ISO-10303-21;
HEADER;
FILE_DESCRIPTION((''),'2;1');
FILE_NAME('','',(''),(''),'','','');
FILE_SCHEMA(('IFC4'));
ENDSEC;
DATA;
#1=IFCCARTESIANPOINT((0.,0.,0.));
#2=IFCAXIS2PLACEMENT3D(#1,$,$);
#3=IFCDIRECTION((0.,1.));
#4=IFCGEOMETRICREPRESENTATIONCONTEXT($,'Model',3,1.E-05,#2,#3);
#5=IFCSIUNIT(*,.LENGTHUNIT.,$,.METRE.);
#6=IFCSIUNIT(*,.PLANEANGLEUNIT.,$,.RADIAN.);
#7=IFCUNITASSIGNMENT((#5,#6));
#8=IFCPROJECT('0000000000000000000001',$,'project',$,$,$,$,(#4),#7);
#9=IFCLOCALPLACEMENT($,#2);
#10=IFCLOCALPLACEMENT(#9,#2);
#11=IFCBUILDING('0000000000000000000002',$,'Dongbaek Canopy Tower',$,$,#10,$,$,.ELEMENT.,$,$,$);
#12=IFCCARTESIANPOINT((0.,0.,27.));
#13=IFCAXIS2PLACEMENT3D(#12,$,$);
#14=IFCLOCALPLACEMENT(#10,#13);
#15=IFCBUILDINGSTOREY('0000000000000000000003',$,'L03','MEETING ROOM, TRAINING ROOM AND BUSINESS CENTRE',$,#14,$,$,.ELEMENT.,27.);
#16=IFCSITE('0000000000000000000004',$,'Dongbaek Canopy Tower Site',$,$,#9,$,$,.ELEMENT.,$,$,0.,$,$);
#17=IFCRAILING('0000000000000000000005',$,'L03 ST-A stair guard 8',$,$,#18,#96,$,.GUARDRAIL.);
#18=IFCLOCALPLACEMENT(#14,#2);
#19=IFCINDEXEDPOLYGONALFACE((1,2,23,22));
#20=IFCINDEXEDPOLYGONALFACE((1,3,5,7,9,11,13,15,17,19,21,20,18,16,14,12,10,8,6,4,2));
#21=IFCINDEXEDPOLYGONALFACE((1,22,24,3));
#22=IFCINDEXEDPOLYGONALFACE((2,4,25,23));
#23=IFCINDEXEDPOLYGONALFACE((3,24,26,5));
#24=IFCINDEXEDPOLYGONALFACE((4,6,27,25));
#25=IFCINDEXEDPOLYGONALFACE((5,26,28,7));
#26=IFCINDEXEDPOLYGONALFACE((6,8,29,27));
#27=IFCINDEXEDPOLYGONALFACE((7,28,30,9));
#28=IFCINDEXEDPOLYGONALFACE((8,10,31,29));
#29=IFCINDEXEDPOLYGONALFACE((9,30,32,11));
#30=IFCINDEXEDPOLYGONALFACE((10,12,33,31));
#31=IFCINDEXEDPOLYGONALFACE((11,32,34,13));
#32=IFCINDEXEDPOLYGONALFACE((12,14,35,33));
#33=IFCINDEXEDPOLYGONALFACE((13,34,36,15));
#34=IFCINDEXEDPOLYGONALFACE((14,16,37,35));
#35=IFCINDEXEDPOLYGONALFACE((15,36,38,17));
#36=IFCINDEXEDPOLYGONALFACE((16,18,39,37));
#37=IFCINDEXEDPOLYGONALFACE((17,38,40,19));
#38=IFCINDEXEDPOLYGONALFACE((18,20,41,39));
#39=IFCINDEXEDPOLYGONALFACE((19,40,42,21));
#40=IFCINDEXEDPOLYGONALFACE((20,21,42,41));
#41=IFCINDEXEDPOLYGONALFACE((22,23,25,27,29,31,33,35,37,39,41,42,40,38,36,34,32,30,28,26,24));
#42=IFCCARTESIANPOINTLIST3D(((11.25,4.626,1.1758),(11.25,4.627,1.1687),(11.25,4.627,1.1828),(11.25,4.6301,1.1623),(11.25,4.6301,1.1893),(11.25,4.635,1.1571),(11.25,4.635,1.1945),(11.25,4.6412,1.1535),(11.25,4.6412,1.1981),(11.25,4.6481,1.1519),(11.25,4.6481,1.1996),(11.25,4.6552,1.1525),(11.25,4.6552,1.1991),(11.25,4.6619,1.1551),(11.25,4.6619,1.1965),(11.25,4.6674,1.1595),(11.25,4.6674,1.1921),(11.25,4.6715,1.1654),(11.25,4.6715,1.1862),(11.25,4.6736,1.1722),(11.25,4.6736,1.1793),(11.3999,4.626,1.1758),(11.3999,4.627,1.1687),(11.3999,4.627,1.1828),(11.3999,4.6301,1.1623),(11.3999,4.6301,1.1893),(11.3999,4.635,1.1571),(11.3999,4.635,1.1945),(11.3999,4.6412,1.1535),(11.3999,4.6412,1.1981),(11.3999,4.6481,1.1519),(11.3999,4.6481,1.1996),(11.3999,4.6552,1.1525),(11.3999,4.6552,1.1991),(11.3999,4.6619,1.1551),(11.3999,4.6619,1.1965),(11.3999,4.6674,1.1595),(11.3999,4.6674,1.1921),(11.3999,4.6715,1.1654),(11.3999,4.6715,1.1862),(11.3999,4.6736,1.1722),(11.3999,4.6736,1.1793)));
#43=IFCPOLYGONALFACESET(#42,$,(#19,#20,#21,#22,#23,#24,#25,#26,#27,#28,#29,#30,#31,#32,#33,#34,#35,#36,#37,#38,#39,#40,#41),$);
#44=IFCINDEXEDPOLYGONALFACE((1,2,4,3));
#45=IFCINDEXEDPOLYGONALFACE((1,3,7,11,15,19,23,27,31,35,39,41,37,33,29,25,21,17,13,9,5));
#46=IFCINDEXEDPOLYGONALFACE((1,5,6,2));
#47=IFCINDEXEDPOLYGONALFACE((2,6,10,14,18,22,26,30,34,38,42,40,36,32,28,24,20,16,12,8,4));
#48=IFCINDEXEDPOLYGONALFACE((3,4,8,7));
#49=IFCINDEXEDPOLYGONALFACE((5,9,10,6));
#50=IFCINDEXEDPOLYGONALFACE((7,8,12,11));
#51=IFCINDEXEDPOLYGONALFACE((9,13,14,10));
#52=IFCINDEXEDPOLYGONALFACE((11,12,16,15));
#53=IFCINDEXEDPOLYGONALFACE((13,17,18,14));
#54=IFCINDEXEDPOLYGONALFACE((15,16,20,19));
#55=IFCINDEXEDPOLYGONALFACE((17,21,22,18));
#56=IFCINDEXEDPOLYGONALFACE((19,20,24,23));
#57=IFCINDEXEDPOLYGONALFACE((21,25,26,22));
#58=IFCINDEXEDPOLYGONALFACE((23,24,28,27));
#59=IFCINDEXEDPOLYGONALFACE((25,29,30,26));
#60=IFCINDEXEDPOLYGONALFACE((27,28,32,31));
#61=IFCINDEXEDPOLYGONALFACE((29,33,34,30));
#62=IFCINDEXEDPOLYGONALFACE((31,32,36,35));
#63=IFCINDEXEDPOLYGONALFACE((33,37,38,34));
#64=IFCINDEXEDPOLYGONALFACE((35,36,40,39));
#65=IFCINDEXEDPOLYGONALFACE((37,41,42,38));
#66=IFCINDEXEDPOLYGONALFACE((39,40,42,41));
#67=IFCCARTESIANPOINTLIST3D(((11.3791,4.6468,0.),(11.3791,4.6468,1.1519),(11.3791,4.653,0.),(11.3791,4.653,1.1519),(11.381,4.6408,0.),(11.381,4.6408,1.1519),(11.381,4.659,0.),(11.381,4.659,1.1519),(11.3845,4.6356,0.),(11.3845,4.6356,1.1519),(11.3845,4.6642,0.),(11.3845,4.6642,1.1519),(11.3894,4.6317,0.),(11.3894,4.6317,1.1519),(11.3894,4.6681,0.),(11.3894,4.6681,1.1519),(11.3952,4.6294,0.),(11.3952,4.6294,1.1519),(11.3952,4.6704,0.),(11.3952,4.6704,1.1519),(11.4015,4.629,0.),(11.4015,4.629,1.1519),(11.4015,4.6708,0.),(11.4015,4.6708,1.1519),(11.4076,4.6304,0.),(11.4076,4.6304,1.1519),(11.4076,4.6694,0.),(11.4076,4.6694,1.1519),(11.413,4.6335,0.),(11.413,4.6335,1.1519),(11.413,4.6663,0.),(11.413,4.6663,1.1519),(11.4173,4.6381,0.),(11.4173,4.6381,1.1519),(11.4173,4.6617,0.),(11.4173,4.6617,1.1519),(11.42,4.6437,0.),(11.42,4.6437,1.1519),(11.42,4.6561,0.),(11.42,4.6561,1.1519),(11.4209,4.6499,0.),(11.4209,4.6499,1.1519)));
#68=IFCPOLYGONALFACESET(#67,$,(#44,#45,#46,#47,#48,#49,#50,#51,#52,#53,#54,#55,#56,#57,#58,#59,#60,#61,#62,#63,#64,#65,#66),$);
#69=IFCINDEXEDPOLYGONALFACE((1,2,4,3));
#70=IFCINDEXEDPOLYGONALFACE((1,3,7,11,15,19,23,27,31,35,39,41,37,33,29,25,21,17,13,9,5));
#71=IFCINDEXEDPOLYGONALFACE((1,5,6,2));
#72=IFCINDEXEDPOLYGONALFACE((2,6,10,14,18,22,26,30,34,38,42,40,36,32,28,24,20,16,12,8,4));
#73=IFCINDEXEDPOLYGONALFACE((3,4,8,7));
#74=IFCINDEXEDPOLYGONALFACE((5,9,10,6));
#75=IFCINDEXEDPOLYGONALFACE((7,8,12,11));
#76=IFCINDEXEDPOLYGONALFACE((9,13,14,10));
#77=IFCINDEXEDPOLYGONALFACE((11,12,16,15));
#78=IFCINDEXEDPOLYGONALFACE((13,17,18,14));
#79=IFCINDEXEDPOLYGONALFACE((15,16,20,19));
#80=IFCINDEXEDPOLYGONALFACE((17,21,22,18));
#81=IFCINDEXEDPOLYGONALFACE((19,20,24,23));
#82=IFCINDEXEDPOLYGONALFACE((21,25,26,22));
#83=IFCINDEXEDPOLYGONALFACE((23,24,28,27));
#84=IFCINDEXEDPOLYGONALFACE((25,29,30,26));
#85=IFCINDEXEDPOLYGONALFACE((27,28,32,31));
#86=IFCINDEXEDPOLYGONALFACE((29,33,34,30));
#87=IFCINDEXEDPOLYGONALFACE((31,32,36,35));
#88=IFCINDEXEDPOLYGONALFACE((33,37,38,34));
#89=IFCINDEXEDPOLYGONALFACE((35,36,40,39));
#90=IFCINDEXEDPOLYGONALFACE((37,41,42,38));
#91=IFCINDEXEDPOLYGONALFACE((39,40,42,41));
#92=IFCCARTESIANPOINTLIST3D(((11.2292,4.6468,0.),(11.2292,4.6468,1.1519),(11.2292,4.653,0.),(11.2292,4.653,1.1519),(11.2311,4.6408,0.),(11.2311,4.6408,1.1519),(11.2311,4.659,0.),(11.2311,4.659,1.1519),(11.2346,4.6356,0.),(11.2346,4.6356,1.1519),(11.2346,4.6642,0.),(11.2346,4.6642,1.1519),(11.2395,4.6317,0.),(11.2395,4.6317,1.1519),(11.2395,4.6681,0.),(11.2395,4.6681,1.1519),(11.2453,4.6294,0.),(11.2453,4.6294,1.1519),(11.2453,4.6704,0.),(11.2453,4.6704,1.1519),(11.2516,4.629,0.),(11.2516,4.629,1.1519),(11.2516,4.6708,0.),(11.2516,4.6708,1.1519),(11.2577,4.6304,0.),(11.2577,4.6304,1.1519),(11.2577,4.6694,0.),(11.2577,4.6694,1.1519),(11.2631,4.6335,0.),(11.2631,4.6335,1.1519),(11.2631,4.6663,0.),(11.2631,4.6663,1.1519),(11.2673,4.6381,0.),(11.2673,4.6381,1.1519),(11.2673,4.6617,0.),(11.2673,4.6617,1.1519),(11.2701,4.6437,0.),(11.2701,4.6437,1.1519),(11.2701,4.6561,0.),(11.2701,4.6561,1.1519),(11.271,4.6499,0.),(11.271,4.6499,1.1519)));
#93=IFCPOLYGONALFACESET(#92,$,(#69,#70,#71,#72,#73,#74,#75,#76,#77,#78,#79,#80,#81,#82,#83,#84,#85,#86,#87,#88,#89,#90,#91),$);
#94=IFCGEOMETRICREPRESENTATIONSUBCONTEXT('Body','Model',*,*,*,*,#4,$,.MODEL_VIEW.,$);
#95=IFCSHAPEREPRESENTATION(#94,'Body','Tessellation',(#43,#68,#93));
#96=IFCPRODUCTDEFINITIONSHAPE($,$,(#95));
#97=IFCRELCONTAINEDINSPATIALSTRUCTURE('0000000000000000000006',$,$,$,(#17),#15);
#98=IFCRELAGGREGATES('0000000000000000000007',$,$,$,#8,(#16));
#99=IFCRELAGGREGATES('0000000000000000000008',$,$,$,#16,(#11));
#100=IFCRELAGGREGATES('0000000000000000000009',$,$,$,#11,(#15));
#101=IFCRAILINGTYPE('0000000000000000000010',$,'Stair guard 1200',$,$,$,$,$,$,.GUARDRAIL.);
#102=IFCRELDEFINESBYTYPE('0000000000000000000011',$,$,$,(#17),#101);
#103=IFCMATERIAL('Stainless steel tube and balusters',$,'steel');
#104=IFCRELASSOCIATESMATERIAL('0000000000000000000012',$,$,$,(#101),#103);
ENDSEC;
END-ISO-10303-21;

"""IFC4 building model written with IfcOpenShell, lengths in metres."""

from ifc_helpers import new_model, si_unit, direction, frame, origin, origin_2d, place, context, subcontext, project, spatial, circle, extrude, material, type_object, element, save


model = new_model("IFC4")

# Units and contexts
model_context = context("Model", 3, precision=1e-05, world=origin(), true_north=direction((0.0, 1.0)))
body_context = subcontext(model_context, "Body", "Model", "MODEL_VIEW")
ifc_project = project(units=[si_unit("LENGTHUNIT", "METRE"), si_unit("PLANEANGLEUNIT", "RADIAN")], contexts=[model_context])

# Site, building, storey
site_placement = place(None, origin())
site = spatial("IfcSite", under=ifc_project, at=site_placement, Name="Dongbaek Canopy Tower Site", CompositionType="ELEMENT", RefElevation=0.0)
building_placement = place(site_placement, origin())
building = spatial("IfcBuilding", under=site, at=building_placement, Name="Dongbaek Canopy Tower", CompositionType="ELEMENT")
storey_placement = place(building_placement, frame((0.0, 0.0, 27.0)))
storey = spatial("IfcBuildingStorey", under=building, at=storey_placement, Name="L03", Description="MEETING ROOM, TRAINING ROOM AND BUSINESS CENTRE", CompositionType="ELEMENT", Elevation=27.0)

# Railing
ifc_material_1 = material(Name="Stainless steel tube and balusters", Category="steel")
railing_type_1 = type_object("IfcRailingType", Name="Stair guard 1200", PredefinedType="GUARDRAIL", material=ifc_material_1)
railing_1_placement = place(storey_placement, frame((11.3999, 4.6499, 0.0)))
element("IfcRailing", 1, at=railing_1_placement, inside=storey, type_object=railing_type_1, Name="L03 ST-A stair guard 8", PredefinedType="GUARDRAIL", context=body_context, shape_type="SweptSolid", body=[
    extrude(circle(Radius=0.0239, at=origin_2d()), frame((0.0, 0.0, 1.1758), z_axis=(-1.0, 0.0, 0.0), x_axis=(0.0, -1.0, 0.0)), (0.0, 0.0, 1.0), 0.1499),
    extrude(circle(Radius=0.021, at=origin_2d()), origin(), (0.0, 0.0, 1.0), 1.1519),
    extrude(circle(Radius=0.021, at=origin_2d()), frame((-0.1499, 0.0, 0.0)), (0.0, 0.0, 1.0), 1.1519),
])

save(model, "model.ifc")
